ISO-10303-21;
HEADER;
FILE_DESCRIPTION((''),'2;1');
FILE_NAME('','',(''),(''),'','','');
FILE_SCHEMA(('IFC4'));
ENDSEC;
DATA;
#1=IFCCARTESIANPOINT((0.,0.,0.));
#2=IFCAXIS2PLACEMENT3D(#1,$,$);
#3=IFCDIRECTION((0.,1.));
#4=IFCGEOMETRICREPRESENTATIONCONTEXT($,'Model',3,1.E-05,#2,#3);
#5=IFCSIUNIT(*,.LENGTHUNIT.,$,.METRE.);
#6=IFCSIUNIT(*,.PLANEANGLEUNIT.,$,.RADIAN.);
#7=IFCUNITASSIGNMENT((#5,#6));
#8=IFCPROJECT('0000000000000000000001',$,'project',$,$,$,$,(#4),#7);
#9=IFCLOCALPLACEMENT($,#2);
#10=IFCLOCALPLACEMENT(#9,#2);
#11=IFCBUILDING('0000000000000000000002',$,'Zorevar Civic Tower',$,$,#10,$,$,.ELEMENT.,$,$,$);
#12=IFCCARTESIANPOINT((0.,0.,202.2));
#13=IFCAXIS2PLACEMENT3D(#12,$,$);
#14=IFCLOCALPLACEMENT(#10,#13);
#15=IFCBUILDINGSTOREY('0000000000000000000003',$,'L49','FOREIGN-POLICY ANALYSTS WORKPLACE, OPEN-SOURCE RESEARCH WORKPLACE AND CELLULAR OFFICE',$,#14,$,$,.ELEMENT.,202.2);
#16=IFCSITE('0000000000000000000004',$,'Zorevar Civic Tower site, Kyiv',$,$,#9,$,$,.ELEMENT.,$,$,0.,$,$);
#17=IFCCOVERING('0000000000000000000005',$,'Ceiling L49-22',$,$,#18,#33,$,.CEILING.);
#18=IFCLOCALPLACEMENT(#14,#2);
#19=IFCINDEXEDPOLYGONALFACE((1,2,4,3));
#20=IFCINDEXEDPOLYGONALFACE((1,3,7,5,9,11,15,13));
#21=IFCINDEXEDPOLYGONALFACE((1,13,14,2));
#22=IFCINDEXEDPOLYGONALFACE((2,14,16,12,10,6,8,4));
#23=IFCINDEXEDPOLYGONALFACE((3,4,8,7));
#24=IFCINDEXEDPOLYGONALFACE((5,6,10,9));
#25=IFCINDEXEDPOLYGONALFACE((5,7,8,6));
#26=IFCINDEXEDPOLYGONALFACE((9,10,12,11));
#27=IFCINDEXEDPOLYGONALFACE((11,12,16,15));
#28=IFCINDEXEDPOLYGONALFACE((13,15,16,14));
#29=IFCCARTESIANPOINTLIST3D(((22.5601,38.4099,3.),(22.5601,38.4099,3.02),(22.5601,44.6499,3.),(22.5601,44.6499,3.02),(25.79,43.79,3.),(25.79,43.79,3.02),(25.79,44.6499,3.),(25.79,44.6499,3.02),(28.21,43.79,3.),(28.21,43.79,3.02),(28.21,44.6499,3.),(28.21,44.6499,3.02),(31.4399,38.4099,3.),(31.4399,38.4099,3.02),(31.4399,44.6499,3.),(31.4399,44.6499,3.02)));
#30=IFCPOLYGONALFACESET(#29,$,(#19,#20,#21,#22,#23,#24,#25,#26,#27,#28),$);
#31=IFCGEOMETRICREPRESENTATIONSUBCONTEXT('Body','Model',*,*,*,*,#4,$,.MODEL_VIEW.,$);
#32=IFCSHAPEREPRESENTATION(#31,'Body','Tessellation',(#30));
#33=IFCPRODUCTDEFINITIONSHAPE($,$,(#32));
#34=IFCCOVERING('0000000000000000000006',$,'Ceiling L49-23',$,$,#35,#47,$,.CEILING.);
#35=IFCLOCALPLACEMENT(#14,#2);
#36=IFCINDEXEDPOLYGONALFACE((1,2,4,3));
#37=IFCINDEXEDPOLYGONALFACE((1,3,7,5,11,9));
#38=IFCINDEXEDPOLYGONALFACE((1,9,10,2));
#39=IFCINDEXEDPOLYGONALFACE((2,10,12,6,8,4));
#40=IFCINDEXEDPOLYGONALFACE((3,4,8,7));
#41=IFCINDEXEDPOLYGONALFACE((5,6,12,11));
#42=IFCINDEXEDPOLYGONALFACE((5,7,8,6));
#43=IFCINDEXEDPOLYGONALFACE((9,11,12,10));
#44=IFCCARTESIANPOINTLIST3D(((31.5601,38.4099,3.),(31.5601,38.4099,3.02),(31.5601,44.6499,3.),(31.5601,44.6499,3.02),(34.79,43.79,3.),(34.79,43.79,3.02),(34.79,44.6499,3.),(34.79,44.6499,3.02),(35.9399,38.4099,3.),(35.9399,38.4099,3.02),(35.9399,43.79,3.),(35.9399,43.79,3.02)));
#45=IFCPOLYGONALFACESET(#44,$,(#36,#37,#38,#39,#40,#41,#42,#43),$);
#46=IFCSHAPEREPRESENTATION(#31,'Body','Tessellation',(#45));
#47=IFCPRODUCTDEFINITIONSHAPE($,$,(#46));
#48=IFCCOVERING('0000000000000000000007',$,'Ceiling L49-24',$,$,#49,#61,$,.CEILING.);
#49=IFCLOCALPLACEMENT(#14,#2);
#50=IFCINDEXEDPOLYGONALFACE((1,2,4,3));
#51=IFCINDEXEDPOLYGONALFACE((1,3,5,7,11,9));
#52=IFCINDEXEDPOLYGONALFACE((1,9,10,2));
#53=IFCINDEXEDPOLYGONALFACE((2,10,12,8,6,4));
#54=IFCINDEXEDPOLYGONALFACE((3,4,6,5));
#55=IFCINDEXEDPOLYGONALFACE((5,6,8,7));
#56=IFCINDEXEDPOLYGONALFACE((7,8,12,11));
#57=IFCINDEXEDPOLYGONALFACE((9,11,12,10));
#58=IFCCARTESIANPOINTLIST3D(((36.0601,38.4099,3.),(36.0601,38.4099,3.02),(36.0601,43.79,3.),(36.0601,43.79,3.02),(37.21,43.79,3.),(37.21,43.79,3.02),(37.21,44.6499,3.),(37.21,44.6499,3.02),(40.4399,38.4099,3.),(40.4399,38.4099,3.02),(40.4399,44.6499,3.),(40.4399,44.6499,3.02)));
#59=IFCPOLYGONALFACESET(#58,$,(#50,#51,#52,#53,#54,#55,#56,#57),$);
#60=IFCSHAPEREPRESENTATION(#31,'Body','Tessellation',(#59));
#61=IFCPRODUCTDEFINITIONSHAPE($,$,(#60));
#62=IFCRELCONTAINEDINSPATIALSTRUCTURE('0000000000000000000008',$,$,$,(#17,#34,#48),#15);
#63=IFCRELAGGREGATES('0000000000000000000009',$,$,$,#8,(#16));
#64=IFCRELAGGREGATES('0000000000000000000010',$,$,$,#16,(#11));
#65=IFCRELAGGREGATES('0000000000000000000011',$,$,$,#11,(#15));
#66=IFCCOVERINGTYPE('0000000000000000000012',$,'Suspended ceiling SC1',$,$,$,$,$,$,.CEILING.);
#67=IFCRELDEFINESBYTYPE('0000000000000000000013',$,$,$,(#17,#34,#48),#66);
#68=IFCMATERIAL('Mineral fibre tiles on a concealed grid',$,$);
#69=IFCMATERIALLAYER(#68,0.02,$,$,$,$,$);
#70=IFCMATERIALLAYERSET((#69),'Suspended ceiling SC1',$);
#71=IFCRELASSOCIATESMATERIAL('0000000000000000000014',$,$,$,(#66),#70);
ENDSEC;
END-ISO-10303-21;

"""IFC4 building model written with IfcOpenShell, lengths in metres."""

from ifc_helpers import new_model, si_unit, direction, frame, origin, place, context, subcontext, project, spatial, polyline, outline, extrude, material, layer, layer_set, type_object, element, save


model = new_model("IFC4")

# Units and contexts
model_context = context("Model", 3, precision=1e-05, world=origin(), true_north=direction((0.0, 1.0)))
body_context = subcontext(model_context, "Body", "Model", "MODEL_VIEW")
ifc_project = project(units=[si_unit("LENGTHUNIT", "METRE"), si_unit("PLANEANGLEUNIT", "RADIAN")], contexts=[model_context])

# Site, building, storey
site_placement = place(None, origin())
site = spatial("IfcSite", under=ifc_project, at=site_placement, Name="Zorevar Civic Tower site, Kyiv", CompositionType="ELEMENT", RefElevation=0.0)
building_placement = place(site_placement, origin())
building = spatial("IfcBuilding", under=site, at=building_placement, Name="Zorevar Civic Tower", CompositionType="ELEMENT")
storey_placement = place(building_placement, frame((0.0, 0.0, 202.2)))
storey = spatial("IfcBuildingStorey", under=building, at=storey_placement, Name="L49", Description="FOREIGN-POLICY ANALYSTS WORKPLACE, OPEN-SOURCE RESEARCH WORKPLACE AND CELLULAR OFFICE", CompositionType="ELEMENT", Elevation=202.2)

# Coverings
ifc_material_1 = material(Name="Mineral fibre tiles on a concealed grid")
ifc_layer_1 = layer(ifc_material_1, 0.02)
ifc_layer_set_1 = layer_set([ifc_layer_1], Name="Suspended ceiling SC1")
covering_type_1 = type_object("IfcCoveringType", Name="Suspended ceiling SC1", PredefinedType="CEILING", material=ifc_layer_set_1)
covering_1_placement = place(storey_placement, frame((0.0, 0.0, 3.0)))
element("IfcCovering", 1, at=covering_1_placement, inside=storey, type_object=covering_type_1, Name="Ceiling L49-22", PredefinedType="CEILING", context=body_context, shape_type="SweptSolid", body=[
    extrude(outline(polyline([(22.5601, 38.4099), (22.5601, 44.6499), (25.79, 44.6499), (25.79, 43.79), (28.21, 43.79), (28.21, 44.6499), (31.4399, 44.6499), (31.4399, 38.4099), (22.5601, 38.4099)])), origin(), (0.0, 0.0, 1.0), 0.02),
])
covering_2_placement = place(storey_placement, frame((0.0, 0.0, 3.0)))
element("IfcCovering", 2, at=covering_2_placement, inside=storey, type_object=covering_type_1, Name="Ceiling L49-23", PredefinedType="CEILING", context=body_context, shape_type="SweptSolid", body=[
    extrude(outline(polyline([(31.5601, 38.4099), (31.5601, 44.6499), (34.79, 44.6499), (34.79, 43.79), (35.9399, 43.79), (35.9399, 38.4099), (31.5601, 38.4099)])), origin(), (0.0, 0.0, 1.0), 0.02),
])
covering_3_placement = place(storey_placement, frame((0.0, 0.0, 3.0)))
element("IfcCovering", 3, at=covering_3_placement, inside=storey, type_object=covering_type_1, Name="Ceiling L49-24", PredefinedType="CEILING", context=body_context, shape_type="SweptSolid", body=[
    extrude(outline(polyline([(36.0601, 38.4099), (36.0601, 43.79), (37.21, 43.79), (37.21, 44.6499), (40.4399, 44.6499), (40.4399, 38.4099), (36.0601, 38.4099)])), origin(), (0.0, 0.0, 1.0), 0.02),
])

save(model, "model.ifc")
